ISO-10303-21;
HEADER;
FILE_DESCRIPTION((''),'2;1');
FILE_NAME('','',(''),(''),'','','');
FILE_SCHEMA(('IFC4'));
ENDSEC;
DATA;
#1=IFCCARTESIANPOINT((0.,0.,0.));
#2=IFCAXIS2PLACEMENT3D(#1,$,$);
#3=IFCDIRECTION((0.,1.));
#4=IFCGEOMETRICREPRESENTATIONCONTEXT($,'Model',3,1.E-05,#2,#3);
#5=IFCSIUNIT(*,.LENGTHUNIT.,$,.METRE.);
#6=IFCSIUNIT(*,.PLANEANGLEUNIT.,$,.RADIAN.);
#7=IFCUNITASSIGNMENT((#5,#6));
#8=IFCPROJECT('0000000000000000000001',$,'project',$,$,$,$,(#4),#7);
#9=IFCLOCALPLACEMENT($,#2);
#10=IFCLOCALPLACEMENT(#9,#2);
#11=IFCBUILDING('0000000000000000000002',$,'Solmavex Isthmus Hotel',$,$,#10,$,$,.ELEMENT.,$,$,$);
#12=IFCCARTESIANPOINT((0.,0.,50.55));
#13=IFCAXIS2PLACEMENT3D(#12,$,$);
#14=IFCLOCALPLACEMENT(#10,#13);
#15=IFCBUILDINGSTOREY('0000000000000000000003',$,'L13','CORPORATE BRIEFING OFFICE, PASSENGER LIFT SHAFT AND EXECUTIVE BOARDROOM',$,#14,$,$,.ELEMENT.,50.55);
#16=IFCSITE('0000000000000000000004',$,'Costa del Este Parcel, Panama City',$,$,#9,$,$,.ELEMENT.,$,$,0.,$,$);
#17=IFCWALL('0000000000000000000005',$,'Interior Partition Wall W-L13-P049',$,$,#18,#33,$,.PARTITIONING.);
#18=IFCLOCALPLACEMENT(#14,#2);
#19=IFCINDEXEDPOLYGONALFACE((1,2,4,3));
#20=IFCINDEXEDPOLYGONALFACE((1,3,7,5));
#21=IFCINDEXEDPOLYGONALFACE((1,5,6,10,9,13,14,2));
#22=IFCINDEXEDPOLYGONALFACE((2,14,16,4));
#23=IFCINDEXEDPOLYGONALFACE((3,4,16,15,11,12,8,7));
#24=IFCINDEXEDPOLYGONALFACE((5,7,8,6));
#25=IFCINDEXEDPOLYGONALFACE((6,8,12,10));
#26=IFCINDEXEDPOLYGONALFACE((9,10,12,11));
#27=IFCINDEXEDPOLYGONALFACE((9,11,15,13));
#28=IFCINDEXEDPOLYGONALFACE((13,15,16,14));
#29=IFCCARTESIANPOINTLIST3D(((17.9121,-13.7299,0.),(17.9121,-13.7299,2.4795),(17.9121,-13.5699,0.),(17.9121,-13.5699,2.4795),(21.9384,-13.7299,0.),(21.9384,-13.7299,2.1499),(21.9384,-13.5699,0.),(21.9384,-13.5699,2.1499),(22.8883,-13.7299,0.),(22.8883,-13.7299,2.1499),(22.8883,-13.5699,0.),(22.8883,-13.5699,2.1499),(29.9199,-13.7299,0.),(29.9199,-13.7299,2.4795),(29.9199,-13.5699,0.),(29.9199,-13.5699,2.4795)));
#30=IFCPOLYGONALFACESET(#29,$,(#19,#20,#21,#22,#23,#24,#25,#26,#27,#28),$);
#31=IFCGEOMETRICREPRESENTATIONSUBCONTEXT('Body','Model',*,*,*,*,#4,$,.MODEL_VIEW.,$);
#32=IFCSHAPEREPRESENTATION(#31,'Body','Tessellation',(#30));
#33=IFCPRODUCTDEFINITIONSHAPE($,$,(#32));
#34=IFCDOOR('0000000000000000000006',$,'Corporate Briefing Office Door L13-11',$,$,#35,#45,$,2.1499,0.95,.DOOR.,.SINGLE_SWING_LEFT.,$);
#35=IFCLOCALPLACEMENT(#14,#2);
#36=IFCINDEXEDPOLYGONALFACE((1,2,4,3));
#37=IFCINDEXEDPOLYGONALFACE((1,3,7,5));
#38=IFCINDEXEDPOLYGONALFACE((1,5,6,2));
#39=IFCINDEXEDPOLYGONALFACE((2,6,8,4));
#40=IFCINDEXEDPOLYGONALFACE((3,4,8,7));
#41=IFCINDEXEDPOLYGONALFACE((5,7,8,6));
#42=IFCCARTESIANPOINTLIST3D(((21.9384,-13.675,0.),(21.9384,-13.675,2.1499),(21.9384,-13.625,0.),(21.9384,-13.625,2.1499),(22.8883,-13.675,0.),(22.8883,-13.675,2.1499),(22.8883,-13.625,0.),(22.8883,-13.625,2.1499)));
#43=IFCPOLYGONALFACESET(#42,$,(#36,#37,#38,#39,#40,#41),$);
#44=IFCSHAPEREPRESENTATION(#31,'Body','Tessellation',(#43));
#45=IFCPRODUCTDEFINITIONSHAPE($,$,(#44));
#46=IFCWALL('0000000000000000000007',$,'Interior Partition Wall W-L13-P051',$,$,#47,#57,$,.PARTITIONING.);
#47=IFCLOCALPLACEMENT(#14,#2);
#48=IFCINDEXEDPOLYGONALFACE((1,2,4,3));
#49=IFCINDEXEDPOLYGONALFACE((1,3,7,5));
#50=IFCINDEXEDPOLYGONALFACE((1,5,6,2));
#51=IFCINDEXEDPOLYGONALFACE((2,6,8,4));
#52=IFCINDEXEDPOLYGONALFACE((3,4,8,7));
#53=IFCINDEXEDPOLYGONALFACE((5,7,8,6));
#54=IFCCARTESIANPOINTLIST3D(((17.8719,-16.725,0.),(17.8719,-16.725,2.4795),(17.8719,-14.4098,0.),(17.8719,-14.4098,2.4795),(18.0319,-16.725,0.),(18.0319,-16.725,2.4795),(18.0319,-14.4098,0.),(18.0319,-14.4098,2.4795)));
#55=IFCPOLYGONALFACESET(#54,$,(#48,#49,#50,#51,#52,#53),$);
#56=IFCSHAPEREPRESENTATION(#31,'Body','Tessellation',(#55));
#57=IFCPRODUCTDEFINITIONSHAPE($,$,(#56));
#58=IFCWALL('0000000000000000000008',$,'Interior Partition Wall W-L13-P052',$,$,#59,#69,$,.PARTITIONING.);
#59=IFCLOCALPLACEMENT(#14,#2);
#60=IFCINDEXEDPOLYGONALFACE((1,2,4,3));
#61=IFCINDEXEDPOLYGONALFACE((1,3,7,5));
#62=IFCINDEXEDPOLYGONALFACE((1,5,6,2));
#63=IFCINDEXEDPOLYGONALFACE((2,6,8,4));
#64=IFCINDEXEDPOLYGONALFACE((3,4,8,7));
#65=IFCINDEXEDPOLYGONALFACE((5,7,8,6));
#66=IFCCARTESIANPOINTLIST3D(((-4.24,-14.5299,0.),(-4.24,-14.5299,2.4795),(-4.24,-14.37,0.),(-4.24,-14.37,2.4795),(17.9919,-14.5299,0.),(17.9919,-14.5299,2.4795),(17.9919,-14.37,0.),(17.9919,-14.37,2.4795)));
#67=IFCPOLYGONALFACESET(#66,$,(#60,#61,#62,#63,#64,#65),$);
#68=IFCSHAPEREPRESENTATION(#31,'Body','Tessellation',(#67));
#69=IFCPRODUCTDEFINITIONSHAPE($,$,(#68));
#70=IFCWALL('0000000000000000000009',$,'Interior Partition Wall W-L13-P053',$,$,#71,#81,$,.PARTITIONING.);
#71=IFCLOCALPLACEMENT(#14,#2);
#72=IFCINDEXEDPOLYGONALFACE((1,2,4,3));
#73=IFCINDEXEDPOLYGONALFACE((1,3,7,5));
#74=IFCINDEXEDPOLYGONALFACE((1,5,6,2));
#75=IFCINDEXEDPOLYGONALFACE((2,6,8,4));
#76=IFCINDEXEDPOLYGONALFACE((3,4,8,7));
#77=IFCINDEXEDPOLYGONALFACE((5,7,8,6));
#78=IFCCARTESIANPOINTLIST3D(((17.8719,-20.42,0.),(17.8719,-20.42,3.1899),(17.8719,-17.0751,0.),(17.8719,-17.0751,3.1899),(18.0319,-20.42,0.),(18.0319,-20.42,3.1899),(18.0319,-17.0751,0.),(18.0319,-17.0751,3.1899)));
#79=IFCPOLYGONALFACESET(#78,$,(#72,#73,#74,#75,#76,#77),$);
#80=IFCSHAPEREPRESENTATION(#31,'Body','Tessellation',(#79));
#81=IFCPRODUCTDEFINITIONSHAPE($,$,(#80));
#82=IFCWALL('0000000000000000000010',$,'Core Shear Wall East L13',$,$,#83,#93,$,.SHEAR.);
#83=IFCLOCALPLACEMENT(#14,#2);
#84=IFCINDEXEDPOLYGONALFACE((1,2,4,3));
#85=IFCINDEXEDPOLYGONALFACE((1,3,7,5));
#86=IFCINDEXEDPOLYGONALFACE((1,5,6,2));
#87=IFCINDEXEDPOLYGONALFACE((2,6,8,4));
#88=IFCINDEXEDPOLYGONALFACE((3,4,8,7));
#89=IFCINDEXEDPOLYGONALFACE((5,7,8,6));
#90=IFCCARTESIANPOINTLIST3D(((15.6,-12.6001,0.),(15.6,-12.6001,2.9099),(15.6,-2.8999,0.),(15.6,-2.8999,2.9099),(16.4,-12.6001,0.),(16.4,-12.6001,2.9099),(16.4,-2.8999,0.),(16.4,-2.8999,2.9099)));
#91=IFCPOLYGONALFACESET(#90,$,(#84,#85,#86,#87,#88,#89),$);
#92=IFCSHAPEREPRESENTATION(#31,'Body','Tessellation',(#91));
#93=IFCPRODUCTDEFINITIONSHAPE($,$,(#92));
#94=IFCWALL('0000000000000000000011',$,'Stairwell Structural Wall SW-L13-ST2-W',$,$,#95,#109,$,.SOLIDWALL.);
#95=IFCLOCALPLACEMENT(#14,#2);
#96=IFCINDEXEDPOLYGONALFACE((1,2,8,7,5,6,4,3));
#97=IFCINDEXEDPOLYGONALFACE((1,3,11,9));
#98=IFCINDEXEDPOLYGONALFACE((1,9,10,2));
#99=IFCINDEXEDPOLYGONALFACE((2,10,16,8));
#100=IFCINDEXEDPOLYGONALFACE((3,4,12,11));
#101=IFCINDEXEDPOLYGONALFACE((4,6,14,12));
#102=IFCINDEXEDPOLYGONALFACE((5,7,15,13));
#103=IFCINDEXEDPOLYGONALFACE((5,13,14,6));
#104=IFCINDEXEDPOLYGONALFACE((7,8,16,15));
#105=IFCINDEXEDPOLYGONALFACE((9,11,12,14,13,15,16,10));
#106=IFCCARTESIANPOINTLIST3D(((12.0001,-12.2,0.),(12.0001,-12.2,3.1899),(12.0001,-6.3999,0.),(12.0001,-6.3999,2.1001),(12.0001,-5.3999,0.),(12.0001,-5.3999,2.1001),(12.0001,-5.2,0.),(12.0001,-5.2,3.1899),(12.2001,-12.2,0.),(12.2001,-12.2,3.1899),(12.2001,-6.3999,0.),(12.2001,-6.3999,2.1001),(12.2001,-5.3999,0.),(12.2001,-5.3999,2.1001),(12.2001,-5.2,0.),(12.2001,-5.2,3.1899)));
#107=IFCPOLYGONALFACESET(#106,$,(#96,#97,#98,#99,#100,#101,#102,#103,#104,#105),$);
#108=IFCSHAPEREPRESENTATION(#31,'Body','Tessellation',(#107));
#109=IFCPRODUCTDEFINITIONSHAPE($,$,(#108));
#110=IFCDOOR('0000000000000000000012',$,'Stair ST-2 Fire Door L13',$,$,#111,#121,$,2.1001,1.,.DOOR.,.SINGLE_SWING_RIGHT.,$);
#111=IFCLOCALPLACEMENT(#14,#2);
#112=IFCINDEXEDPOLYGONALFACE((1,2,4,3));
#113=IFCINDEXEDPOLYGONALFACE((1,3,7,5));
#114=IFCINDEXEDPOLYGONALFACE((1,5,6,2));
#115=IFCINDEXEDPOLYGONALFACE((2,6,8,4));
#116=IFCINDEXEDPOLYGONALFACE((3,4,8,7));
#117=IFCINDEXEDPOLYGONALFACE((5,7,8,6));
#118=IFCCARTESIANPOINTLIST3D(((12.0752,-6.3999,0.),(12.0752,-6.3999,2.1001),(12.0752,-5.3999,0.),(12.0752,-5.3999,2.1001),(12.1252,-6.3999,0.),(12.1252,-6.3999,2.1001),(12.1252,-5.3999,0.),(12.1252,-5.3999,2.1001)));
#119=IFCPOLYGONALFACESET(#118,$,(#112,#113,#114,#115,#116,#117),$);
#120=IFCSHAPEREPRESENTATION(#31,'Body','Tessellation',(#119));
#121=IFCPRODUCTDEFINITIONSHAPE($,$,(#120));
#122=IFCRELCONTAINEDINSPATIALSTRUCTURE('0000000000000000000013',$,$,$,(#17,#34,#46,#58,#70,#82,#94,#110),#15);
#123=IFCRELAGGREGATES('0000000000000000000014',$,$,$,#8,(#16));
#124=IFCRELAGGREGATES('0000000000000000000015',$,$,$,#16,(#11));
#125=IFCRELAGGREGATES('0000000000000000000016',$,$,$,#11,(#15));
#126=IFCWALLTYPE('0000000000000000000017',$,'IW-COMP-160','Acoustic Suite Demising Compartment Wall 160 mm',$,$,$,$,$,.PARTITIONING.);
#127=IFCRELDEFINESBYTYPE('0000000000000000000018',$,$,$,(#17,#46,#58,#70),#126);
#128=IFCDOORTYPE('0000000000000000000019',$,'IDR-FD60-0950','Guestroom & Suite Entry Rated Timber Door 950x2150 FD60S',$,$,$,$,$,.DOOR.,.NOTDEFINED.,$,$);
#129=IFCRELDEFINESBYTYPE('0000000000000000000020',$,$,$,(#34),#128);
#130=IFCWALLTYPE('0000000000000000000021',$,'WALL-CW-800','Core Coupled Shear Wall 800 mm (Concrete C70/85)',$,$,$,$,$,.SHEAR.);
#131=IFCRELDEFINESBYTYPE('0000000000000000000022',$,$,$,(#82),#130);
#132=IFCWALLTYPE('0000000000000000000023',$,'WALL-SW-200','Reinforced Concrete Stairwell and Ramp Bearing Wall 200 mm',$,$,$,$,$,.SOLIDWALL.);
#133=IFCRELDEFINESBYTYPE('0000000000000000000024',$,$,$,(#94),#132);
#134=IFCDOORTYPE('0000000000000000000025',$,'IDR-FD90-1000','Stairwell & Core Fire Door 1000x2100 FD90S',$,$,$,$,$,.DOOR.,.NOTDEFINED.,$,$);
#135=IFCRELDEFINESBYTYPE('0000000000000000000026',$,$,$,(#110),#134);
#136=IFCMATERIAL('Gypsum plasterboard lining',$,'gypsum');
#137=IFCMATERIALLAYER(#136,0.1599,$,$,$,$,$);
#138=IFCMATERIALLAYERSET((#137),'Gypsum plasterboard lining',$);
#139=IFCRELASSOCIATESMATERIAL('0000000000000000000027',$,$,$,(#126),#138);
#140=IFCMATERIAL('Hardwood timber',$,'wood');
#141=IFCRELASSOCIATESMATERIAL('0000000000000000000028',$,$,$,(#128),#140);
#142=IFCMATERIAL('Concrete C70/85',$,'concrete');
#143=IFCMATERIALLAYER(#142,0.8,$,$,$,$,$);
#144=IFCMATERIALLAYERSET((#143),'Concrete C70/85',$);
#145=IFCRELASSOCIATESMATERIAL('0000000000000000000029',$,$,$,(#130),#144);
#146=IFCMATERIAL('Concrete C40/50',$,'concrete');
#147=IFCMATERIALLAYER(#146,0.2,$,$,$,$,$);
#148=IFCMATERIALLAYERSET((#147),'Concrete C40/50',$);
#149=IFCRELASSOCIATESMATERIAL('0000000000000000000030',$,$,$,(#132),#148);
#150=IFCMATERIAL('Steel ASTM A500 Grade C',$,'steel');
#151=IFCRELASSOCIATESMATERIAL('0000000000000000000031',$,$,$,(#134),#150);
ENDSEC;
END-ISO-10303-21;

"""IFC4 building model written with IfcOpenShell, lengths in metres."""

from ifc_helpers import new_model, si_unit, direction, frame, frame_2d, origin, place, context, subcontext, project, spatial, rectangle, extrude, material, layer, layer_set, type_object, element, fill, save


model = new_model("IFC4")

# Units and contexts
model_context = context("Model", 3, precision=1e-05, world=origin(), true_north=direction((0.0, 1.0)))
body_context = subcontext(model_context, "Body", "Model", "MODEL_VIEW")
ifc_project = project(units=[si_unit("LENGTHUNIT", "METRE"), si_unit("PLANEANGLEUNIT", "RADIAN")], contexts=[model_context])

# Site, building, storey
site_placement = place(None, origin())
site = spatial("IfcSite", under=ifc_project, at=site_placement, Name="Costa del Este Parcel, Panama City", CompositionType="ELEMENT", RefElevation=0.0)
building_placement = place(site_placement, origin())
building = spatial("IfcBuilding", under=site, at=building_placement, Name="Solmavex Isthmus Hotel", CompositionType="ELEMENT")
storey_placement = place(building_placement, frame((0.0, 0.0, 50.55)))
storey = spatial("IfcBuildingStorey", under=building, at=storey_placement, Name="L13", Description="CORPORATE BRIEFING OFFICE, PASSENGER LIFT SHAFT AND EXECUTIVE BOARDROOM", CompositionType="ELEMENT", Elevation=50.55)

# Shared definitions
ifc_material_1 = material(Name="Concrete C70/85", Category="concrete")

# Wall, opening, door
ifc_material_2 = material(Name="Gypsum plasterboard lining", Category="gypsum")
ifc_layer_1 = layer(ifc_material_2, 0.1599)
ifc_layer_set_1 = layer_set([ifc_layer_1], Name="Gypsum plasterboard lining")
wall_type_1 = type_object("IfcWallType", Name="IW-COMP-160", Description="Acoustic Suite Demising Compartment Wall 160 mm", PredefinedType="PARTITIONING", material=ifc_layer_set_1)
wall_1_placement = place(storey_placement, frame((17.9121, -13.6499, 0.0), z_axis=(0.0, 0.0, 1.0), x_axis=(1.0, 0.0, 0.0)))
wall_1 = element("IfcWall", 1, at=wall_1_placement, inside=storey, type_object=wall_type_1, Name="Interior Partition Wall W-L13-P049", PredefinedType="PARTITIONING", context=body_context, shape_type="SweptSolid", body=[
    extrude(rectangle(XDim=12.0078, YDim=0.1599, at=frame_2d((6.0039, 0.0))), origin(), (0.0, 0.0, 1.0), 2.4795),
])
opening_1_placement = place(wall_1_placement, frame((4.0261, 0.0, 0.0)))
opening_1 = element("IfcOpeningElement", 2, at=opening_1_placement, cuts=wall_1, PredefinedType="OPENING", context=body_context, shape_type="SweptSolid", body=[
    extrude(rectangle(XDim=0.95, YDim=2.1499, at=frame_2d((0.4751, 1.075))), frame((0.0, 0.0898, 0.0), z_axis=(0.0, -1.0, 0.0), x_axis=(1.0, 0.0, 0.0)), (0.0, 0.0, 1.0), 0.1799),
])
ifc_material_3 = material(Name="Hardwood timber", Category="wood")
door_type_1 = type_object("IfcDoorType", Name="IDR-FD60-0950", Description="Guestroom & Suite Entry Rated Timber Door 950x2150 FD60S", OperationType="NOTDEFINED", PredefinedType="DOOR", material=ifc_material_3)
door_1_placement = place(opening_1_placement, origin())
door_1 = element("IfcDoor", 3, at=door_1_placement, inside=storey, type_object=door_type_1, Name="Corporate Briefing Office Door L13-11", OperationType="SINGLE_SWING_LEFT", OverallHeight=2.1499, OverallWidth=0.95, PredefinedType="DOOR", context=body_context, shape_type="SweptSolid", body=[
    extrude(rectangle(XDim=0.95, YDim=2.1499, at=frame_2d((0.4751, 1.075))), frame((0.0, 0.0249, 0.0), z_axis=(0.0, -1.0, 0.0), x_axis=(1.0, 0.0, 0.0)), (0.0, 0.0, 1.0), 0.05),
])
fill(opening_1, door_1)

# Walls
wall_2_placement = place(storey_placement, frame((17.9519, -16.7251, 0.0), z_axis=(0.0, 0.0, 1.0), x_axis=(0.0, 1.0, 0.0)))
element("IfcWall", 4, at=wall_2_placement, inside=storey, type_object=wall_type_1, Name="Interior Partition Wall W-L13-P051", PredefinedType="PARTITIONING", context=body_context, shape_type="SweptSolid", body=[
    extrude(rectangle(XDim=2.3152, YDim=0.1599, at=frame_2d((1.1577, 0.0))), origin(), (0.0, 0.0, 1.0), 2.4795),
])
wall_3_placement = place(storey_placement, frame((17.9919, -14.45, 0.0), z_axis=(0.0, 0.0, 1.0), x_axis=(-1.0, 0.0, 0.0)))
element("IfcWall", 5, at=wall_3_placement, inside=storey, type_object=wall_type_1, Name="Interior Partition Wall W-L13-P052", PredefinedType="PARTITIONING", context=body_context, shape_type="SweptSolid", body=[
    extrude(rectangle(XDim=22.2319, YDim=0.1599, at=frame_2d((11.116, 0.0))), origin(), (0.0, 0.0, 1.0), 2.4795),
])
wall_4_placement = place(storey_placement, frame((17.9519, -20.4199, 0.0), z_axis=(0.0, 0.0, 1.0), x_axis=(0.0, 1.0, 0.0)))
element("IfcWall", 6, at=wall_4_placement, inside=storey, type_object=wall_type_1, Name="Interior Partition Wall W-L13-P053", PredefinedType="PARTITIONING", context=body_context, shape_type="SweptSolid", body=[
    extrude(rectangle(XDim=3.345, YDim=0.1599, at=frame_2d((1.6724, 0.0))), origin(), (0.0, 0.0, 1.0), 3.1899),
])
ifc_layer_2 = layer(ifc_material_1, 0.8)
ifc_layer_set_2 = layer_set([ifc_layer_2], Name="Concrete C70/85")
wall_type_2 = type_object("IfcWallType", Name="WALL-CW-800", Description="Core Coupled Shear Wall 800 mm (Concrete C70/85)", PredefinedType="SHEAR", material=ifc_layer_set_2)
wall_5_placement = place(storey_placement, frame((16.0, -12.6001, 0.0), z_axis=(0.0, 0.0, 1.0), x_axis=(0.0, 1.0, 0.0)))
element("IfcWall", 7, at=wall_5_placement, inside=storey, type_object=wall_type_2, Name="Core Shear Wall East L13", PredefinedType="SHEAR", context=body_context, shape_type="SweptSolid", body=[
    extrude(rectangle(XDim=9.7002, YDim=0.8, at=frame_2d((4.8501, 0.0))), origin(), (0.0, 0.0, 1.0), 2.9099),
])

# Wall, opening, door
ifc_material_4 = material(Name="Concrete C40/50", Category="concrete")
ifc_layer_3 = layer(ifc_material_4, 0.2)
ifc_layer_set_3 = layer_set([ifc_layer_3], Name="Concrete C40/50")
wall_type_3 = type_object("IfcWallType", Name="WALL-SW-200", Description="Reinforced Concrete Stairwell and Ramp Bearing Wall 200 mm", PredefinedType="SOLIDWALL", material=ifc_layer_set_3)
wall_6_placement = place(storey_placement, frame((12.1001, -12.2, 0.0), z_axis=(0.0, 0.0, 1.0), x_axis=(0.0, 1.0, 0.0)))
wall_6 = element("IfcWall", 8, at=wall_6_placement, inside=storey, type_object=wall_type_3, Name="Stairwell Structural Wall SW-L13-ST2-W", PredefinedType="SOLIDWALL", context=body_context, shape_type="SweptSolid", body=[
    extrude(rectangle(XDim=7.0, YDim=0.2, at=frame_2d((3.5, 0.0))), origin(), (0.0, 0.0, 1.0), 3.1899),
])
opening_2_placement = place(wall_6_placement, frame((5.8, 0.0, 0.0)))
opening_2 = element("IfcOpeningElement", 9, at=opening_2_placement, cuts=wall_6, PredefinedType="OPENING", context=body_context, shape_type="SweptSolid", body=[
    extrude(rectangle(XDim=1.0, YDim=2.1001, at=frame_2d((0.5, 1.05))), frame((0.0, 0.1099, 0.0), z_axis=(0.0, -1.0, 0.0), x_axis=(1.0, 0.0, 0.0)), (0.0, 0.0, 1.0), 0.22),
])
ifc_material_5 = material(Name="Steel ASTM A500 Grade C", Category="steel")
door_type_2 = type_object("IfcDoorType", Name="IDR-FD90-1000", Description="Stairwell & Core Fire Door 1000x2100 FD90S", OperationType="NOTDEFINED", PredefinedType="DOOR", material=ifc_material_5)
door_2_placement = place(opening_2_placement, origin())
door_2 = element("IfcDoor", 10, at=door_2_placement, inside=storey, type_object=door_type_2, Name="Stair ST-2 Fire Door L13", OperationType="SINGLE_SWING_RIGHT", OverallHeight=2.1001, OverallWidth=1.0, PredefinedType="DOOR", context=body_context, shape_type="SweptSolid", body=[
    extrude(rectangle(XDim=1.0, YDim=2.1001, at=frame_2d((0.5, 1.05))), frame((0.0, 0.0249, 0.0), z_axis=(0.0, -1.0, 0.0), x_axis=(1.0, 0.0, 0.0)), (0.0, 0.0, 1.0), 0.05),
])
fill(opening_2, door_2)

save(model, "model.ifc")
